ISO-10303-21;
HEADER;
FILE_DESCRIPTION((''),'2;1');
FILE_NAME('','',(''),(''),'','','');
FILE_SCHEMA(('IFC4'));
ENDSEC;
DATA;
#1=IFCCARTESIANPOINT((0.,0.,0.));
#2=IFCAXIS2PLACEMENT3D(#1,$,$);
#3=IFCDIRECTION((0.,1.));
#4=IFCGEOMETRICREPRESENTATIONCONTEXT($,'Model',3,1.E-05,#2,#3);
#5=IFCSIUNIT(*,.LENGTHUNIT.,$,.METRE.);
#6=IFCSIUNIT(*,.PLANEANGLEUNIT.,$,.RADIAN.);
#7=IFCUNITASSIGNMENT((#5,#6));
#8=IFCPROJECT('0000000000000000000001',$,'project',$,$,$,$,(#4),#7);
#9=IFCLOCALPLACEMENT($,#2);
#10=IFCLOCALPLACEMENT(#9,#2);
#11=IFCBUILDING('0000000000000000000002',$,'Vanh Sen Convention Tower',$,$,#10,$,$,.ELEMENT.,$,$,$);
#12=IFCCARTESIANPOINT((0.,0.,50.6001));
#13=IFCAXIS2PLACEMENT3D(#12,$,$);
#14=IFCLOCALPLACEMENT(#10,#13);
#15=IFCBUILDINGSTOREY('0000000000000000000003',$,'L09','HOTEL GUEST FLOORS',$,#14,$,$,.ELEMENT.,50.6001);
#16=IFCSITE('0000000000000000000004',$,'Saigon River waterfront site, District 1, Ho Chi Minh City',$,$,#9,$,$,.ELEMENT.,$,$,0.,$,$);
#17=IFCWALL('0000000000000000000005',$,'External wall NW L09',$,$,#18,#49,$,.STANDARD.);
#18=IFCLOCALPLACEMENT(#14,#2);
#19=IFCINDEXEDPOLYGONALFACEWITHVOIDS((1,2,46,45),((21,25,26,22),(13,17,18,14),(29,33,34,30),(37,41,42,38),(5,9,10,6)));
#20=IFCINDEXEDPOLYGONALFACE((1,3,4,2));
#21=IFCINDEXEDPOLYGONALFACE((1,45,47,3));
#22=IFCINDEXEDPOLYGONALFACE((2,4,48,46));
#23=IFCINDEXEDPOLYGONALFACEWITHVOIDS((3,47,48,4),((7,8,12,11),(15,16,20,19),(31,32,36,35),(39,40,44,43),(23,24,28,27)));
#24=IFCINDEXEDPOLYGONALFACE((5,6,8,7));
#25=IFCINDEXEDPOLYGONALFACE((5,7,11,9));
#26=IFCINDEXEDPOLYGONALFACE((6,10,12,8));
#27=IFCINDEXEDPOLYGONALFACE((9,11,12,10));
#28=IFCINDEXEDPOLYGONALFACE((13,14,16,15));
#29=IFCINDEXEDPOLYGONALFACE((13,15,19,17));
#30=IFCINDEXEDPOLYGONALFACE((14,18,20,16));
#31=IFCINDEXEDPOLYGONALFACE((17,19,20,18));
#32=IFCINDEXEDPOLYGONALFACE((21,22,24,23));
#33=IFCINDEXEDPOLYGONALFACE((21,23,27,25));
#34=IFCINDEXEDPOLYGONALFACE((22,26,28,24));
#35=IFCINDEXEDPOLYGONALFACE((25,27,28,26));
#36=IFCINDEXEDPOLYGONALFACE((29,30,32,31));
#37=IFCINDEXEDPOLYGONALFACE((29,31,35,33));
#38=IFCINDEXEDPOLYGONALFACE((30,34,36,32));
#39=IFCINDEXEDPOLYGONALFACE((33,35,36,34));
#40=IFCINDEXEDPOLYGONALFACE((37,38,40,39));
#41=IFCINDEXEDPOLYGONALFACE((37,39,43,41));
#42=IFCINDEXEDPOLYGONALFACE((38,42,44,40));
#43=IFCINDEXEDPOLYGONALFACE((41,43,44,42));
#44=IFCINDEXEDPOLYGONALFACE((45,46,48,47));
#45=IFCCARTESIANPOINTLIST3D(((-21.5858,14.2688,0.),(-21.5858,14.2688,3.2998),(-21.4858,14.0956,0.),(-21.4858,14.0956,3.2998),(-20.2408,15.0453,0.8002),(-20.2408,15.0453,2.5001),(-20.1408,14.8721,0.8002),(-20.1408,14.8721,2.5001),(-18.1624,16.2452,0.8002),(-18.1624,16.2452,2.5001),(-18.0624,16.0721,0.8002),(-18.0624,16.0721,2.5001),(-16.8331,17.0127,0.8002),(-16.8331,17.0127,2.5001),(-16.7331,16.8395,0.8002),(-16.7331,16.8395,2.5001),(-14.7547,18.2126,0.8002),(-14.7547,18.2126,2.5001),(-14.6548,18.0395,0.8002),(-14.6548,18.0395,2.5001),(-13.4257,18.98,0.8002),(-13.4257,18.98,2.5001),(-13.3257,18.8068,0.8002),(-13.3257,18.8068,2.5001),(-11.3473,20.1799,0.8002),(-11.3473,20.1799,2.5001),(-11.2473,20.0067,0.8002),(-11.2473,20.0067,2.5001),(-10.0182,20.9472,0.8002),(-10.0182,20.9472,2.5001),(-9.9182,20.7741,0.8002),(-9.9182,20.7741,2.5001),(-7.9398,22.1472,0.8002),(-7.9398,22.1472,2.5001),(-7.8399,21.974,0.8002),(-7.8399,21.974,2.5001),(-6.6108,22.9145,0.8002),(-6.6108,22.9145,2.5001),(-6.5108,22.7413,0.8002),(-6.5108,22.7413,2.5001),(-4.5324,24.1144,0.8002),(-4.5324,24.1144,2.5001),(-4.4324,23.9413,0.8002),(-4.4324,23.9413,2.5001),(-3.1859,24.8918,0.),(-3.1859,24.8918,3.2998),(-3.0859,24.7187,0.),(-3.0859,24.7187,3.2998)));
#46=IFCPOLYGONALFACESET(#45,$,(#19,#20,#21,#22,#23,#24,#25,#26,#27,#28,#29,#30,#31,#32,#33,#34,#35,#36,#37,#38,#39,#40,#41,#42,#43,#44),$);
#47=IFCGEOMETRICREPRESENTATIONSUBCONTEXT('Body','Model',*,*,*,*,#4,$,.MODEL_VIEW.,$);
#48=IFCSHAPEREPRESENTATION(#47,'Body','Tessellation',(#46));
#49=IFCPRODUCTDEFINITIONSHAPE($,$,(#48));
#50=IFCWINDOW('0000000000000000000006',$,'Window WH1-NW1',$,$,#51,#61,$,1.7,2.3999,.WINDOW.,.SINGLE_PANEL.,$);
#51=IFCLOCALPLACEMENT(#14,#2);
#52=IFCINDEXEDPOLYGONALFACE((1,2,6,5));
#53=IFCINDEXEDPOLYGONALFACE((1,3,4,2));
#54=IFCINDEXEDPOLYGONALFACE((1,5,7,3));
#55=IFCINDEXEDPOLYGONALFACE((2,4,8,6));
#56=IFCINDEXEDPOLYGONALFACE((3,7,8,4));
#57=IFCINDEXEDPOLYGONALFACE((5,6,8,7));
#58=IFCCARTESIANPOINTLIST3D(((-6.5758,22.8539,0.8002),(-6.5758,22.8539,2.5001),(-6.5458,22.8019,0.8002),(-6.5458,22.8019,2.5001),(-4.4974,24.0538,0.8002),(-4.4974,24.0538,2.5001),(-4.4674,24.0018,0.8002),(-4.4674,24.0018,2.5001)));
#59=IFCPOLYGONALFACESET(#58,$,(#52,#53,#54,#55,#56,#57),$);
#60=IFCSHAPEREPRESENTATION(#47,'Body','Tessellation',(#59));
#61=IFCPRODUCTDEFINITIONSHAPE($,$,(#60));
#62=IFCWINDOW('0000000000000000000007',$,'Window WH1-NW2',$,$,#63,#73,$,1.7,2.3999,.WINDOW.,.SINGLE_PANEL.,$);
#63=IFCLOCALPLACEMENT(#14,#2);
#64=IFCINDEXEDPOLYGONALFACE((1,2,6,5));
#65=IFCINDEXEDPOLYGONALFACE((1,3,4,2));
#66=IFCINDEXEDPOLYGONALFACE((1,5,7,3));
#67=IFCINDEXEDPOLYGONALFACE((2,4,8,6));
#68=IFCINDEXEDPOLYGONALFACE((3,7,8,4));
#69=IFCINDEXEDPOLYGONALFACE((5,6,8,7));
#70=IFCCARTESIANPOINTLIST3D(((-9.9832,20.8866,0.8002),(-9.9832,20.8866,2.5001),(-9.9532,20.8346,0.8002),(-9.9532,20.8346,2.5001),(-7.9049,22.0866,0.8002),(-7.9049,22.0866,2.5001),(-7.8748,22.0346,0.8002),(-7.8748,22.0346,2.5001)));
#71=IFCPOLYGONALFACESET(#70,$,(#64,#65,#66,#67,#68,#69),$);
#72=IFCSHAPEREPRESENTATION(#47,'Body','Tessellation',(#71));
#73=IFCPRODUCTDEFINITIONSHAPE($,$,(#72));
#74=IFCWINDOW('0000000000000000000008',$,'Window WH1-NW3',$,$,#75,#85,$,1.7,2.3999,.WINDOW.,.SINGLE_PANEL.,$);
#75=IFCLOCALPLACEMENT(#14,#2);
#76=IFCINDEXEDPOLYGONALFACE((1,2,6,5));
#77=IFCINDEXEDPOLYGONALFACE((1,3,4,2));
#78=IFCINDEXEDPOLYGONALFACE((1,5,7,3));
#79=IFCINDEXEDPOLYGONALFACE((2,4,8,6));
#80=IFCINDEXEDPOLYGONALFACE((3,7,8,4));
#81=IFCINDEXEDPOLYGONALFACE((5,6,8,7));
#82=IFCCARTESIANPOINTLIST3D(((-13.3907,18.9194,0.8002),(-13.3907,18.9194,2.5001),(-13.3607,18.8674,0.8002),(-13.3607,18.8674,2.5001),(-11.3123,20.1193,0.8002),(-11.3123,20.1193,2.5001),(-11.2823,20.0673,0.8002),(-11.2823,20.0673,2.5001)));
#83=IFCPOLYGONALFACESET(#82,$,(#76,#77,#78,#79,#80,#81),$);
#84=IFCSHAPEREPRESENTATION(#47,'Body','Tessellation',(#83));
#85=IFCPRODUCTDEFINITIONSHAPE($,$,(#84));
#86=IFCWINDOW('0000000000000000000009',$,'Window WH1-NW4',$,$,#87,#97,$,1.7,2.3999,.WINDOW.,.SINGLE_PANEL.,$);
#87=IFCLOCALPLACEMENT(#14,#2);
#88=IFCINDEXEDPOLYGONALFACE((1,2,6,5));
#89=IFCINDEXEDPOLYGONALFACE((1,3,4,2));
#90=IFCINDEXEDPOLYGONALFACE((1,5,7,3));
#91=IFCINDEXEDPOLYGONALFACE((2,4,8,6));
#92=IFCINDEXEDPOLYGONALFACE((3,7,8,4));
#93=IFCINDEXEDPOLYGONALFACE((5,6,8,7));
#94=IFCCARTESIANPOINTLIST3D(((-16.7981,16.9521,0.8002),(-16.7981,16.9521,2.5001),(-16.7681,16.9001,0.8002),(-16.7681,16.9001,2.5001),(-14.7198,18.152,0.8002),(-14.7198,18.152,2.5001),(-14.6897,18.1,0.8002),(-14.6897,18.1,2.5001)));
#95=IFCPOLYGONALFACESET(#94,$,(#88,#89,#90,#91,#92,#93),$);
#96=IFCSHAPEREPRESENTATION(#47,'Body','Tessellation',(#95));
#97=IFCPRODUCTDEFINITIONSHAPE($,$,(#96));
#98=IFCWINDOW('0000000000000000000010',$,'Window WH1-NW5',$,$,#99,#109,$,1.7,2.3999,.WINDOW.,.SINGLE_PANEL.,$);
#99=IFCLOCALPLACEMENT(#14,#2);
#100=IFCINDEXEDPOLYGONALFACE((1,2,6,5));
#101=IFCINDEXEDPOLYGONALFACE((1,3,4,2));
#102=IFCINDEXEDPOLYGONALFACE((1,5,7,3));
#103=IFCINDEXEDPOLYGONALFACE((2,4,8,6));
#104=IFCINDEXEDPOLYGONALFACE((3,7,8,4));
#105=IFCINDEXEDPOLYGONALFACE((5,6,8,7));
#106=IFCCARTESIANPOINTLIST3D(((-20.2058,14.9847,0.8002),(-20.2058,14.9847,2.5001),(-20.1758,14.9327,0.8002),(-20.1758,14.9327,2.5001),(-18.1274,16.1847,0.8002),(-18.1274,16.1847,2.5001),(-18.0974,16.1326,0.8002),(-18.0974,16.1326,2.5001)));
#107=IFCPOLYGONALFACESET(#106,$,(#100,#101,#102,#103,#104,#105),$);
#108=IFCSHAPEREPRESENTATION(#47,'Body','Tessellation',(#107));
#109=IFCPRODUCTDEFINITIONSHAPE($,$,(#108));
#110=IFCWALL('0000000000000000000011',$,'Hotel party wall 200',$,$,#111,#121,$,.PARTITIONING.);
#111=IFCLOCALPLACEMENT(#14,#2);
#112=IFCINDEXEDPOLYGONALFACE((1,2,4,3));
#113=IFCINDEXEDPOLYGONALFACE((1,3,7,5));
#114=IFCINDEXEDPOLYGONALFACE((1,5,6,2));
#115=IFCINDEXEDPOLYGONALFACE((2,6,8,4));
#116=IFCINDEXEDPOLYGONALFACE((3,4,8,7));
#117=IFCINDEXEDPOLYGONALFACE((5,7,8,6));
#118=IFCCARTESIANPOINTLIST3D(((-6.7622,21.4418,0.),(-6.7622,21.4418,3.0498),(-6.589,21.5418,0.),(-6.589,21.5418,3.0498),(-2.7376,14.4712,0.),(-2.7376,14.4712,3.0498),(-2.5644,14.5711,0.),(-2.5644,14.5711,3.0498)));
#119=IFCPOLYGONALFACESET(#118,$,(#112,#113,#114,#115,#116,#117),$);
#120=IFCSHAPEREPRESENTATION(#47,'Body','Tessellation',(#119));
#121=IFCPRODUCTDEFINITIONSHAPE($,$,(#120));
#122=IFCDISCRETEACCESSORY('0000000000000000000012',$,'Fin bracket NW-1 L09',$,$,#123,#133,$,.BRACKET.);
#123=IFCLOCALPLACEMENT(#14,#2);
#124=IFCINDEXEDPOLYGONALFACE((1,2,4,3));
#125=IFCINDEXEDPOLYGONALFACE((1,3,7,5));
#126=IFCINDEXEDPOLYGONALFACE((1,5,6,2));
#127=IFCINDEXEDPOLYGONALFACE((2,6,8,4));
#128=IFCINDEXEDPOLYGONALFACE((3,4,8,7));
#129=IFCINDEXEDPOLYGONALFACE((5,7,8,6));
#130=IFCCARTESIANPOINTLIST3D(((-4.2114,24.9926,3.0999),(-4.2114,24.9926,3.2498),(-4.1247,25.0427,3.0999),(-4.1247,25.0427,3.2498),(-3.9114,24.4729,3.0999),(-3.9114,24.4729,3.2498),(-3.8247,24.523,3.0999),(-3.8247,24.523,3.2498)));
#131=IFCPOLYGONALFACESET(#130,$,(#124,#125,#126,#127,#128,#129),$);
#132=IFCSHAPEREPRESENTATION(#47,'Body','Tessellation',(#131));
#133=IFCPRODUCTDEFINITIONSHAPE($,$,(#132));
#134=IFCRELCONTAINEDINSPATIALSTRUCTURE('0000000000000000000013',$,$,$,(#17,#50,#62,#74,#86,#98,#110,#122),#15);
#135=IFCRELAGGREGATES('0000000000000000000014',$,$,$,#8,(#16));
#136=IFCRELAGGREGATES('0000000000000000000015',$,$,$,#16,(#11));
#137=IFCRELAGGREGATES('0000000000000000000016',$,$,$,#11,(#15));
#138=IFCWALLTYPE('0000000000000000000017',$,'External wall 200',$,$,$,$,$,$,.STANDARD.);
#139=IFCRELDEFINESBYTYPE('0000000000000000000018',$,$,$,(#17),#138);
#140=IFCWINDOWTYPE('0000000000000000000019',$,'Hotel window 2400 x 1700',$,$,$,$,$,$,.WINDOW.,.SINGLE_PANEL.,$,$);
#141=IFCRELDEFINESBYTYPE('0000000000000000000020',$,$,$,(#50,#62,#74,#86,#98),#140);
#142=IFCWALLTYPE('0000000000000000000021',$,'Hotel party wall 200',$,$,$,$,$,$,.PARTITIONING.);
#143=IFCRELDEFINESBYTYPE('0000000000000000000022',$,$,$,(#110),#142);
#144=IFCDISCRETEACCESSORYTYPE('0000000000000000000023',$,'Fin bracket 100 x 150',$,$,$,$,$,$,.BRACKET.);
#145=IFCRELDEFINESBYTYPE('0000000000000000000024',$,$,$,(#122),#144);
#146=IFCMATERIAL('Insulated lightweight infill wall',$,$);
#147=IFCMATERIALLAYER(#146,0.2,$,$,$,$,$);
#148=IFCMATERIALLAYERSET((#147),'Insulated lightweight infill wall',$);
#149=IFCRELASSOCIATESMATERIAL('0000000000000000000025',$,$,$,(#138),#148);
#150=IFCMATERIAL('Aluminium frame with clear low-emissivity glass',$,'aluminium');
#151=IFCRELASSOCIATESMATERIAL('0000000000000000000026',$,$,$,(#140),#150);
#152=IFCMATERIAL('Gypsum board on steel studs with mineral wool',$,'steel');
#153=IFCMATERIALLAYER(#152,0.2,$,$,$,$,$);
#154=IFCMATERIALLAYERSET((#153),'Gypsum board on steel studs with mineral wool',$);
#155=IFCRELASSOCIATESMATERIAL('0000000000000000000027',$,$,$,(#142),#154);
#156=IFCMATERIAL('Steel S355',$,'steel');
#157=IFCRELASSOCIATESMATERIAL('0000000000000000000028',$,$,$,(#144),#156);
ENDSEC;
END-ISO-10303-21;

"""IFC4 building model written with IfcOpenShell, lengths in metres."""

from ifc_helpers import new_model, si_unit, direction, frame, frame_2d, origin, origin_2d, place, context, subcontext, project, spatial, rectangle, extrude, material, layer, layer_set, type_object, element, fill, save


model = new_model("IFC4")

# Units and contexts
model_context = context("Model", 3, precision=1e-05, world=origin(), true_north=direction((0.0, 1.0)))
body_context = subcontext(model_context, "Body", "Model", "MODEL_VIEW")
ifc_project = project(units=[si_unit("LENGTHUNIT", "METRE"), si_unit("PLANEANGLEUNIT", "RADIAN")], contexts=[model_context])

# Site, building, storey
site_placement = place(None, origin())
site = spatial("IfcSite", under=ifc_project, at=site_placement, Name="Saigon River waterfront site, District 1, Ho Chi Minh City", CompositionType="ELEMENT", RefElevation=0.0)
building_placement = place(site_placement, origin())
building = spatial("IfcBuilding", under=site, at=building_placement, Name="Vanh Sen Convention Tower", CompositionType="ELEMENT")
storey_placement = place(building_placement, frame((0.0, 0.0, 50.6001)))
storey = spatial("IfcBuildingStorey", under=building, at=storey_placement, Name="L09", Description="HOTEL GUEST FLOORS", CompositionType="ELEMENT", Elevation=50.6001)

# Shared definitions
ifc_material_1 = material(Name="Gypsum board on steel studs with mineral wool", Category="steel")

# Wall, openings, windows
ifc_material_2 = material(Name="Insulated lightweight infill wall")
ifc_layer_1 = layer(ifc_material_2, 0.2)
ifc_layer_set_1 = layer_set([ifc_layer_1], Name="Insulated lightweight infill wall")
wall_type_1 = type_object("IfcWallType", Name="External wall 200", PredefinedType="STANDARD", material=ifc_layer_set_1)
wall_1_placement = place(storey_placement, frame((-3.136, 24.8052, 0.0), z_axis=(0.0, 0.0, 1.0), x_axis=(-0.866028, -0.499995, 0.0)))
wall_1 = element("IfcWall", 1, at=wall_1_placement, inside=storey, type_object=wall_type_1, Name="External wall NW L09", PredefinedType="STANDARD", context=body_context, shape_type="SweptSolid", body=[
    extrude(rectangle(XDim=21.2463, YDim=0.2, at=frame_2d((10.623, 0.0))), origin(), (0.0, 0.0, 1.0), 3.2998),
])
opening_1_placement = place(wall_1_placement, frame((1.5547, 0.0, 0.8)))
opening_1 = element("IfcOpeningElement", 2, at=opening_1_placement, cuts=wall_1, PredefinedType="OPENING", context=body_context, shape_type="SweptSolid", body=[
    extrude(rectangle(XDim=2.3999, YDim=1.7, at=frame_2d((1.2, 0.8501))), frame((0.0, 0.1099, 0.0), z_axis=(0.0, -1.0, 0.0), x_axis=(1.0, 0.0, 0.0)), (0.0, 0.0, 1.0), 0.22),
])
opening_2_placement = place(wall_1_placement, frame((5.4893, 0.0, 0.8)))
opening_2 = element("IfcOpeningElement", 3, at=opening_2_placement, cuts=wall_1, PredefinedType="OPENING", context=body_context, shape_type="SweptSolid", body=[
    extrude(rectangle(XDim=2.3999, YDim=1.7, at=frame_2d((1.2, 0.8501))), frame((0.0, 0.1099, 0.0), z_axis=(0.0, -1.0, 0.0), x_axis=(1.0, 0.0, 0.0)), (0.0, 0.0, 1.0), 0.22),
])
opening_3_placement = place(wall_1_placement, frame((9.4238, 0.0, 0.8)))
opening_3 = element("IfcOpeningElement", 4, at=opening_3_placement, cuts=wall_1, PredefinedType="OPENING", context=body_context, shape_type="SweptSolid", body=[
    extrude(rectangle(XDim=2.3999, YDim=1.7, at=frame_2d((1.2, 0.8501))), frame((0.0, 0.1099, 0.0), z_axis=(0.0, -1.0, 0.0), x_axis=(1.0, 0.0, 0.0)), (0.0, 0.0, 1.0), 0.22),
])
opening_4_placement = place(wall_1_placement, frame((13.3584, 0.0, 0.8)))
opening_4 = element("IfcOpeningElement", 5, at=opening_4_placement, cuts=wall_1, PredefinedType="OPENING", context=body_context, shape_type="SweptSolid", body=[
    extrude(rectangle(XDim=2.3999, YDim=1.7, at=frame_2d((1.2, 0.8501))), frame((0.0, 0.1099, 0.0), z_axis=(0.0, -1.0, 0.0), x_axis=(1.0, 0.0, 0.0)), (0.0, 0.0, 1.0), 0.22),
])
opening_5_placement = place(wall_1_placement, frame((17.2932, 0.0, 0.8)))
opening_5 = element("IfcOpeningElement", 6, at=opening_5_placement, cuts=wall_1, PredefinedType="OPENING", context=body_context, shape_type="SweptSolid", body=[
    extrude(rectangle(XDim=2.3999, YDim=1.7, at=frame_2d((1.2, 0.8501))), frame((0.0, 0.1099, 0.0), z_axis=(0.0, -1.0, 0.0), x_axis=(1.0, 0.0, 0.0)), (0.0, 0.0, 1.0), 0.22),
])
ifc_material_3 = material(Name="Aluminium frame with clear low-emissivity glass", Category="aluminium")
window_type = type_object("IfcWindowType", Name="Hotel window 2400 x 1700", PartitioningType="SINGLE_PANEL", PredefinedType="WINDOW", material=ifc_material_3)
window_1_placement = place(opening_1_placement, origin())
window_1 = element("IfcWindow", 7, at=window_1_placement, inside=storey, type_object=window_type, Name="Window WH1-NW1", OverallHeight=1.7, OverallWidth=2.3999, PartitioningType="SINGLE_PANEL", PredefinedType="WINDOW", context=body_context, shape_type="SweptSolid", body=[
    extrude(rectangle(XDim=2.3999, YDim=1.7, at=frame_2d((1.2, 0.8501))), frame((0.0, 0.03, 0.0), z_axis=(0.0, -1.0, 0.0), x_axis=(1.0, 0.0, 0.0)), (0.0, 0.0, 1.0), 0.0601),
])
fill(opening_1, window_1)
window_2_placement = place(opening_2_placement, origin())
window_2 = element("IfcWindow", 8, at=window_2_placement, inside=storey, type_object=window_type, Name="Window WH1-NW2", OverallHeight=1.7, OverallWidth=2.3999, PartitioningType="SINGLE_PANEL", PredefinedType="WINDOW", context=body_context, shape_type="SweptSolid", body=[
    extrude(rectangle(XDim=2.3999, YDim=1.7, at=frame_2d((1.2, 0.8501))), frame((0.0, 0.03, 0.0), z_axis=(0.0, -1.0, 0.0), x_axis=(1.0, 0.0, 0.0)), (0.0, 0.0, 1.0), 0.0601),
])
fill(opening_2, window_2)
window_3_placement = place(opening_3_placement, origin())
window_3 = element("IfcWindow", 9, at=window_3_placement, inside=storey, type_object=window_type, Name="Window WH1-NW3", OverallHeight=1.7, OverallWidth=2.3999, PartitioningType="SINGLE_PANEL", PredefinedType="WINDOW", context=body_context, shape_type="SweptSolid", body=[
    extrude(rectangle(XDim=2.3999, YDim=1.7, at=frame_2d((1.2, 0.8501))), frame((0.0, 0.03, 0.0), z_axis=(0.0, -1.0, 0.0), x_axis=(1.0, 0.0, 0.0)), (0.0, 0.0, 1.0), 0.0601),
])
fill(opening_3, window_3)
window_4_placement = place(opening_4_placement, origin())
window_4 = element("IfcWindow", 10, at=window_4_placement, inside=storey, type_object=window_type, Name="Window WH1-NW4", OverallHeight=1.7, OverallWidth=2.3999, PartitioningType="SINGLE_PANEL", PredefinedType="WINDOW", context=body_context, shape_type="SweptSolid", body=[
    extrude(rectangle(XDim=2.3999, YDim=1.7, at=frame_2d((1.2, 0.8501))), frame((0.0, 0.03, 0.0), z_axis=(0.0, -1.0, 0.0), x_axis=(1.0, 0.0, 0.0)), (0.0, 0.0, 1.0), 0.0601),
])
fill(opening_4, window_4)
window_5_placement = place(opening_5_placement, origin())
window_5 = element("IfcWindow", 11, at=window_5_placement, inside=storey, type_object=window_type, Name="Window WH1-NW5", OverallHeight=1.7, OverallWidth=2.3999, PartitioningType="SINGLE_PANEL", PredefinedType="WINDOW", context=body_context, shape_type="SweptSolid", body=[
    extrude(rectangle(XDim=2.3999, YDim=1.7, at=frame_2d((1.2, 0.8501))), frame((0.0, 0.03, 0.0), z_axis=(0.0, -1.0, 0.0), x_axis=(1.0, 0.0, 0.0)), (0.0, 0.0, 1.0), 0.0601),
])
fill(opening_5, window_5)

# Wall
ifc_layer_2 = layer(ifc_material_1, 0.2)
ifc_layer_set_2 = layer_set([ifc_layer_2], Name="Gypsum board on steel studs with mineral wool")
wall_type_2 = type_object("IfcWallType", Name="Hotel party wall 200", PredefinedType="PARTITIONING", material=ifc_layer_set_2)
wall_2_placement = place(storey_placement, frame((-6.6755, 21.4917, 0.0), z_axis=(0.0, 0.0, 1.0), x_axis=(0.500011, -0.866019, 0.0)))
element("IfcWall", 12, at=wall_2_placement, inside=storey, type_object=wall_type_2, Name="Hotel party wall 200", PredefinedType="PARTITIONING", context=body_context, shape_type="SweptSolid", body=[
    extrude(rectangle(XDim=8.0491, YDim=0.2, at=frame_2d((4.0244, 0.0))), origin(), (0.0, 0.0, 1.0), 3.0498),
])

# Discrete accessory
ifc_material_4 = material(Name="Steel S355", Category="steel")
discrete_accessory_type = type_object("IfcDiscreteAccessoryType", Name="Fin bracket 100 x 150", PredefinedType="BRACKET", material=ifc_material_4)
discrete_accessory_placement = place(storey_placement, frame((-4.0181, 24.7578, 3.0999), z_axis=(0.0, 0.0, 1.0), x_axis=(-0.5, 0.866025, 0.0)))
element("IfcDiscreteAccessory", 13, at=discrete_accessory_placement, inside=storey, type_object=discrete_accessory_type, Name="Fin bracket NW-1 L09", PredefinedType="BRACKET", context=body_context, shape_type="SweptSolid", body=[
    extrude(rectangle(XDim=0.6001, YDim=0.1001, at=origin_2d()), origin(), (0.0, 0.0, 1.0), 0.1499),
])

save(model, "model.ifc")
